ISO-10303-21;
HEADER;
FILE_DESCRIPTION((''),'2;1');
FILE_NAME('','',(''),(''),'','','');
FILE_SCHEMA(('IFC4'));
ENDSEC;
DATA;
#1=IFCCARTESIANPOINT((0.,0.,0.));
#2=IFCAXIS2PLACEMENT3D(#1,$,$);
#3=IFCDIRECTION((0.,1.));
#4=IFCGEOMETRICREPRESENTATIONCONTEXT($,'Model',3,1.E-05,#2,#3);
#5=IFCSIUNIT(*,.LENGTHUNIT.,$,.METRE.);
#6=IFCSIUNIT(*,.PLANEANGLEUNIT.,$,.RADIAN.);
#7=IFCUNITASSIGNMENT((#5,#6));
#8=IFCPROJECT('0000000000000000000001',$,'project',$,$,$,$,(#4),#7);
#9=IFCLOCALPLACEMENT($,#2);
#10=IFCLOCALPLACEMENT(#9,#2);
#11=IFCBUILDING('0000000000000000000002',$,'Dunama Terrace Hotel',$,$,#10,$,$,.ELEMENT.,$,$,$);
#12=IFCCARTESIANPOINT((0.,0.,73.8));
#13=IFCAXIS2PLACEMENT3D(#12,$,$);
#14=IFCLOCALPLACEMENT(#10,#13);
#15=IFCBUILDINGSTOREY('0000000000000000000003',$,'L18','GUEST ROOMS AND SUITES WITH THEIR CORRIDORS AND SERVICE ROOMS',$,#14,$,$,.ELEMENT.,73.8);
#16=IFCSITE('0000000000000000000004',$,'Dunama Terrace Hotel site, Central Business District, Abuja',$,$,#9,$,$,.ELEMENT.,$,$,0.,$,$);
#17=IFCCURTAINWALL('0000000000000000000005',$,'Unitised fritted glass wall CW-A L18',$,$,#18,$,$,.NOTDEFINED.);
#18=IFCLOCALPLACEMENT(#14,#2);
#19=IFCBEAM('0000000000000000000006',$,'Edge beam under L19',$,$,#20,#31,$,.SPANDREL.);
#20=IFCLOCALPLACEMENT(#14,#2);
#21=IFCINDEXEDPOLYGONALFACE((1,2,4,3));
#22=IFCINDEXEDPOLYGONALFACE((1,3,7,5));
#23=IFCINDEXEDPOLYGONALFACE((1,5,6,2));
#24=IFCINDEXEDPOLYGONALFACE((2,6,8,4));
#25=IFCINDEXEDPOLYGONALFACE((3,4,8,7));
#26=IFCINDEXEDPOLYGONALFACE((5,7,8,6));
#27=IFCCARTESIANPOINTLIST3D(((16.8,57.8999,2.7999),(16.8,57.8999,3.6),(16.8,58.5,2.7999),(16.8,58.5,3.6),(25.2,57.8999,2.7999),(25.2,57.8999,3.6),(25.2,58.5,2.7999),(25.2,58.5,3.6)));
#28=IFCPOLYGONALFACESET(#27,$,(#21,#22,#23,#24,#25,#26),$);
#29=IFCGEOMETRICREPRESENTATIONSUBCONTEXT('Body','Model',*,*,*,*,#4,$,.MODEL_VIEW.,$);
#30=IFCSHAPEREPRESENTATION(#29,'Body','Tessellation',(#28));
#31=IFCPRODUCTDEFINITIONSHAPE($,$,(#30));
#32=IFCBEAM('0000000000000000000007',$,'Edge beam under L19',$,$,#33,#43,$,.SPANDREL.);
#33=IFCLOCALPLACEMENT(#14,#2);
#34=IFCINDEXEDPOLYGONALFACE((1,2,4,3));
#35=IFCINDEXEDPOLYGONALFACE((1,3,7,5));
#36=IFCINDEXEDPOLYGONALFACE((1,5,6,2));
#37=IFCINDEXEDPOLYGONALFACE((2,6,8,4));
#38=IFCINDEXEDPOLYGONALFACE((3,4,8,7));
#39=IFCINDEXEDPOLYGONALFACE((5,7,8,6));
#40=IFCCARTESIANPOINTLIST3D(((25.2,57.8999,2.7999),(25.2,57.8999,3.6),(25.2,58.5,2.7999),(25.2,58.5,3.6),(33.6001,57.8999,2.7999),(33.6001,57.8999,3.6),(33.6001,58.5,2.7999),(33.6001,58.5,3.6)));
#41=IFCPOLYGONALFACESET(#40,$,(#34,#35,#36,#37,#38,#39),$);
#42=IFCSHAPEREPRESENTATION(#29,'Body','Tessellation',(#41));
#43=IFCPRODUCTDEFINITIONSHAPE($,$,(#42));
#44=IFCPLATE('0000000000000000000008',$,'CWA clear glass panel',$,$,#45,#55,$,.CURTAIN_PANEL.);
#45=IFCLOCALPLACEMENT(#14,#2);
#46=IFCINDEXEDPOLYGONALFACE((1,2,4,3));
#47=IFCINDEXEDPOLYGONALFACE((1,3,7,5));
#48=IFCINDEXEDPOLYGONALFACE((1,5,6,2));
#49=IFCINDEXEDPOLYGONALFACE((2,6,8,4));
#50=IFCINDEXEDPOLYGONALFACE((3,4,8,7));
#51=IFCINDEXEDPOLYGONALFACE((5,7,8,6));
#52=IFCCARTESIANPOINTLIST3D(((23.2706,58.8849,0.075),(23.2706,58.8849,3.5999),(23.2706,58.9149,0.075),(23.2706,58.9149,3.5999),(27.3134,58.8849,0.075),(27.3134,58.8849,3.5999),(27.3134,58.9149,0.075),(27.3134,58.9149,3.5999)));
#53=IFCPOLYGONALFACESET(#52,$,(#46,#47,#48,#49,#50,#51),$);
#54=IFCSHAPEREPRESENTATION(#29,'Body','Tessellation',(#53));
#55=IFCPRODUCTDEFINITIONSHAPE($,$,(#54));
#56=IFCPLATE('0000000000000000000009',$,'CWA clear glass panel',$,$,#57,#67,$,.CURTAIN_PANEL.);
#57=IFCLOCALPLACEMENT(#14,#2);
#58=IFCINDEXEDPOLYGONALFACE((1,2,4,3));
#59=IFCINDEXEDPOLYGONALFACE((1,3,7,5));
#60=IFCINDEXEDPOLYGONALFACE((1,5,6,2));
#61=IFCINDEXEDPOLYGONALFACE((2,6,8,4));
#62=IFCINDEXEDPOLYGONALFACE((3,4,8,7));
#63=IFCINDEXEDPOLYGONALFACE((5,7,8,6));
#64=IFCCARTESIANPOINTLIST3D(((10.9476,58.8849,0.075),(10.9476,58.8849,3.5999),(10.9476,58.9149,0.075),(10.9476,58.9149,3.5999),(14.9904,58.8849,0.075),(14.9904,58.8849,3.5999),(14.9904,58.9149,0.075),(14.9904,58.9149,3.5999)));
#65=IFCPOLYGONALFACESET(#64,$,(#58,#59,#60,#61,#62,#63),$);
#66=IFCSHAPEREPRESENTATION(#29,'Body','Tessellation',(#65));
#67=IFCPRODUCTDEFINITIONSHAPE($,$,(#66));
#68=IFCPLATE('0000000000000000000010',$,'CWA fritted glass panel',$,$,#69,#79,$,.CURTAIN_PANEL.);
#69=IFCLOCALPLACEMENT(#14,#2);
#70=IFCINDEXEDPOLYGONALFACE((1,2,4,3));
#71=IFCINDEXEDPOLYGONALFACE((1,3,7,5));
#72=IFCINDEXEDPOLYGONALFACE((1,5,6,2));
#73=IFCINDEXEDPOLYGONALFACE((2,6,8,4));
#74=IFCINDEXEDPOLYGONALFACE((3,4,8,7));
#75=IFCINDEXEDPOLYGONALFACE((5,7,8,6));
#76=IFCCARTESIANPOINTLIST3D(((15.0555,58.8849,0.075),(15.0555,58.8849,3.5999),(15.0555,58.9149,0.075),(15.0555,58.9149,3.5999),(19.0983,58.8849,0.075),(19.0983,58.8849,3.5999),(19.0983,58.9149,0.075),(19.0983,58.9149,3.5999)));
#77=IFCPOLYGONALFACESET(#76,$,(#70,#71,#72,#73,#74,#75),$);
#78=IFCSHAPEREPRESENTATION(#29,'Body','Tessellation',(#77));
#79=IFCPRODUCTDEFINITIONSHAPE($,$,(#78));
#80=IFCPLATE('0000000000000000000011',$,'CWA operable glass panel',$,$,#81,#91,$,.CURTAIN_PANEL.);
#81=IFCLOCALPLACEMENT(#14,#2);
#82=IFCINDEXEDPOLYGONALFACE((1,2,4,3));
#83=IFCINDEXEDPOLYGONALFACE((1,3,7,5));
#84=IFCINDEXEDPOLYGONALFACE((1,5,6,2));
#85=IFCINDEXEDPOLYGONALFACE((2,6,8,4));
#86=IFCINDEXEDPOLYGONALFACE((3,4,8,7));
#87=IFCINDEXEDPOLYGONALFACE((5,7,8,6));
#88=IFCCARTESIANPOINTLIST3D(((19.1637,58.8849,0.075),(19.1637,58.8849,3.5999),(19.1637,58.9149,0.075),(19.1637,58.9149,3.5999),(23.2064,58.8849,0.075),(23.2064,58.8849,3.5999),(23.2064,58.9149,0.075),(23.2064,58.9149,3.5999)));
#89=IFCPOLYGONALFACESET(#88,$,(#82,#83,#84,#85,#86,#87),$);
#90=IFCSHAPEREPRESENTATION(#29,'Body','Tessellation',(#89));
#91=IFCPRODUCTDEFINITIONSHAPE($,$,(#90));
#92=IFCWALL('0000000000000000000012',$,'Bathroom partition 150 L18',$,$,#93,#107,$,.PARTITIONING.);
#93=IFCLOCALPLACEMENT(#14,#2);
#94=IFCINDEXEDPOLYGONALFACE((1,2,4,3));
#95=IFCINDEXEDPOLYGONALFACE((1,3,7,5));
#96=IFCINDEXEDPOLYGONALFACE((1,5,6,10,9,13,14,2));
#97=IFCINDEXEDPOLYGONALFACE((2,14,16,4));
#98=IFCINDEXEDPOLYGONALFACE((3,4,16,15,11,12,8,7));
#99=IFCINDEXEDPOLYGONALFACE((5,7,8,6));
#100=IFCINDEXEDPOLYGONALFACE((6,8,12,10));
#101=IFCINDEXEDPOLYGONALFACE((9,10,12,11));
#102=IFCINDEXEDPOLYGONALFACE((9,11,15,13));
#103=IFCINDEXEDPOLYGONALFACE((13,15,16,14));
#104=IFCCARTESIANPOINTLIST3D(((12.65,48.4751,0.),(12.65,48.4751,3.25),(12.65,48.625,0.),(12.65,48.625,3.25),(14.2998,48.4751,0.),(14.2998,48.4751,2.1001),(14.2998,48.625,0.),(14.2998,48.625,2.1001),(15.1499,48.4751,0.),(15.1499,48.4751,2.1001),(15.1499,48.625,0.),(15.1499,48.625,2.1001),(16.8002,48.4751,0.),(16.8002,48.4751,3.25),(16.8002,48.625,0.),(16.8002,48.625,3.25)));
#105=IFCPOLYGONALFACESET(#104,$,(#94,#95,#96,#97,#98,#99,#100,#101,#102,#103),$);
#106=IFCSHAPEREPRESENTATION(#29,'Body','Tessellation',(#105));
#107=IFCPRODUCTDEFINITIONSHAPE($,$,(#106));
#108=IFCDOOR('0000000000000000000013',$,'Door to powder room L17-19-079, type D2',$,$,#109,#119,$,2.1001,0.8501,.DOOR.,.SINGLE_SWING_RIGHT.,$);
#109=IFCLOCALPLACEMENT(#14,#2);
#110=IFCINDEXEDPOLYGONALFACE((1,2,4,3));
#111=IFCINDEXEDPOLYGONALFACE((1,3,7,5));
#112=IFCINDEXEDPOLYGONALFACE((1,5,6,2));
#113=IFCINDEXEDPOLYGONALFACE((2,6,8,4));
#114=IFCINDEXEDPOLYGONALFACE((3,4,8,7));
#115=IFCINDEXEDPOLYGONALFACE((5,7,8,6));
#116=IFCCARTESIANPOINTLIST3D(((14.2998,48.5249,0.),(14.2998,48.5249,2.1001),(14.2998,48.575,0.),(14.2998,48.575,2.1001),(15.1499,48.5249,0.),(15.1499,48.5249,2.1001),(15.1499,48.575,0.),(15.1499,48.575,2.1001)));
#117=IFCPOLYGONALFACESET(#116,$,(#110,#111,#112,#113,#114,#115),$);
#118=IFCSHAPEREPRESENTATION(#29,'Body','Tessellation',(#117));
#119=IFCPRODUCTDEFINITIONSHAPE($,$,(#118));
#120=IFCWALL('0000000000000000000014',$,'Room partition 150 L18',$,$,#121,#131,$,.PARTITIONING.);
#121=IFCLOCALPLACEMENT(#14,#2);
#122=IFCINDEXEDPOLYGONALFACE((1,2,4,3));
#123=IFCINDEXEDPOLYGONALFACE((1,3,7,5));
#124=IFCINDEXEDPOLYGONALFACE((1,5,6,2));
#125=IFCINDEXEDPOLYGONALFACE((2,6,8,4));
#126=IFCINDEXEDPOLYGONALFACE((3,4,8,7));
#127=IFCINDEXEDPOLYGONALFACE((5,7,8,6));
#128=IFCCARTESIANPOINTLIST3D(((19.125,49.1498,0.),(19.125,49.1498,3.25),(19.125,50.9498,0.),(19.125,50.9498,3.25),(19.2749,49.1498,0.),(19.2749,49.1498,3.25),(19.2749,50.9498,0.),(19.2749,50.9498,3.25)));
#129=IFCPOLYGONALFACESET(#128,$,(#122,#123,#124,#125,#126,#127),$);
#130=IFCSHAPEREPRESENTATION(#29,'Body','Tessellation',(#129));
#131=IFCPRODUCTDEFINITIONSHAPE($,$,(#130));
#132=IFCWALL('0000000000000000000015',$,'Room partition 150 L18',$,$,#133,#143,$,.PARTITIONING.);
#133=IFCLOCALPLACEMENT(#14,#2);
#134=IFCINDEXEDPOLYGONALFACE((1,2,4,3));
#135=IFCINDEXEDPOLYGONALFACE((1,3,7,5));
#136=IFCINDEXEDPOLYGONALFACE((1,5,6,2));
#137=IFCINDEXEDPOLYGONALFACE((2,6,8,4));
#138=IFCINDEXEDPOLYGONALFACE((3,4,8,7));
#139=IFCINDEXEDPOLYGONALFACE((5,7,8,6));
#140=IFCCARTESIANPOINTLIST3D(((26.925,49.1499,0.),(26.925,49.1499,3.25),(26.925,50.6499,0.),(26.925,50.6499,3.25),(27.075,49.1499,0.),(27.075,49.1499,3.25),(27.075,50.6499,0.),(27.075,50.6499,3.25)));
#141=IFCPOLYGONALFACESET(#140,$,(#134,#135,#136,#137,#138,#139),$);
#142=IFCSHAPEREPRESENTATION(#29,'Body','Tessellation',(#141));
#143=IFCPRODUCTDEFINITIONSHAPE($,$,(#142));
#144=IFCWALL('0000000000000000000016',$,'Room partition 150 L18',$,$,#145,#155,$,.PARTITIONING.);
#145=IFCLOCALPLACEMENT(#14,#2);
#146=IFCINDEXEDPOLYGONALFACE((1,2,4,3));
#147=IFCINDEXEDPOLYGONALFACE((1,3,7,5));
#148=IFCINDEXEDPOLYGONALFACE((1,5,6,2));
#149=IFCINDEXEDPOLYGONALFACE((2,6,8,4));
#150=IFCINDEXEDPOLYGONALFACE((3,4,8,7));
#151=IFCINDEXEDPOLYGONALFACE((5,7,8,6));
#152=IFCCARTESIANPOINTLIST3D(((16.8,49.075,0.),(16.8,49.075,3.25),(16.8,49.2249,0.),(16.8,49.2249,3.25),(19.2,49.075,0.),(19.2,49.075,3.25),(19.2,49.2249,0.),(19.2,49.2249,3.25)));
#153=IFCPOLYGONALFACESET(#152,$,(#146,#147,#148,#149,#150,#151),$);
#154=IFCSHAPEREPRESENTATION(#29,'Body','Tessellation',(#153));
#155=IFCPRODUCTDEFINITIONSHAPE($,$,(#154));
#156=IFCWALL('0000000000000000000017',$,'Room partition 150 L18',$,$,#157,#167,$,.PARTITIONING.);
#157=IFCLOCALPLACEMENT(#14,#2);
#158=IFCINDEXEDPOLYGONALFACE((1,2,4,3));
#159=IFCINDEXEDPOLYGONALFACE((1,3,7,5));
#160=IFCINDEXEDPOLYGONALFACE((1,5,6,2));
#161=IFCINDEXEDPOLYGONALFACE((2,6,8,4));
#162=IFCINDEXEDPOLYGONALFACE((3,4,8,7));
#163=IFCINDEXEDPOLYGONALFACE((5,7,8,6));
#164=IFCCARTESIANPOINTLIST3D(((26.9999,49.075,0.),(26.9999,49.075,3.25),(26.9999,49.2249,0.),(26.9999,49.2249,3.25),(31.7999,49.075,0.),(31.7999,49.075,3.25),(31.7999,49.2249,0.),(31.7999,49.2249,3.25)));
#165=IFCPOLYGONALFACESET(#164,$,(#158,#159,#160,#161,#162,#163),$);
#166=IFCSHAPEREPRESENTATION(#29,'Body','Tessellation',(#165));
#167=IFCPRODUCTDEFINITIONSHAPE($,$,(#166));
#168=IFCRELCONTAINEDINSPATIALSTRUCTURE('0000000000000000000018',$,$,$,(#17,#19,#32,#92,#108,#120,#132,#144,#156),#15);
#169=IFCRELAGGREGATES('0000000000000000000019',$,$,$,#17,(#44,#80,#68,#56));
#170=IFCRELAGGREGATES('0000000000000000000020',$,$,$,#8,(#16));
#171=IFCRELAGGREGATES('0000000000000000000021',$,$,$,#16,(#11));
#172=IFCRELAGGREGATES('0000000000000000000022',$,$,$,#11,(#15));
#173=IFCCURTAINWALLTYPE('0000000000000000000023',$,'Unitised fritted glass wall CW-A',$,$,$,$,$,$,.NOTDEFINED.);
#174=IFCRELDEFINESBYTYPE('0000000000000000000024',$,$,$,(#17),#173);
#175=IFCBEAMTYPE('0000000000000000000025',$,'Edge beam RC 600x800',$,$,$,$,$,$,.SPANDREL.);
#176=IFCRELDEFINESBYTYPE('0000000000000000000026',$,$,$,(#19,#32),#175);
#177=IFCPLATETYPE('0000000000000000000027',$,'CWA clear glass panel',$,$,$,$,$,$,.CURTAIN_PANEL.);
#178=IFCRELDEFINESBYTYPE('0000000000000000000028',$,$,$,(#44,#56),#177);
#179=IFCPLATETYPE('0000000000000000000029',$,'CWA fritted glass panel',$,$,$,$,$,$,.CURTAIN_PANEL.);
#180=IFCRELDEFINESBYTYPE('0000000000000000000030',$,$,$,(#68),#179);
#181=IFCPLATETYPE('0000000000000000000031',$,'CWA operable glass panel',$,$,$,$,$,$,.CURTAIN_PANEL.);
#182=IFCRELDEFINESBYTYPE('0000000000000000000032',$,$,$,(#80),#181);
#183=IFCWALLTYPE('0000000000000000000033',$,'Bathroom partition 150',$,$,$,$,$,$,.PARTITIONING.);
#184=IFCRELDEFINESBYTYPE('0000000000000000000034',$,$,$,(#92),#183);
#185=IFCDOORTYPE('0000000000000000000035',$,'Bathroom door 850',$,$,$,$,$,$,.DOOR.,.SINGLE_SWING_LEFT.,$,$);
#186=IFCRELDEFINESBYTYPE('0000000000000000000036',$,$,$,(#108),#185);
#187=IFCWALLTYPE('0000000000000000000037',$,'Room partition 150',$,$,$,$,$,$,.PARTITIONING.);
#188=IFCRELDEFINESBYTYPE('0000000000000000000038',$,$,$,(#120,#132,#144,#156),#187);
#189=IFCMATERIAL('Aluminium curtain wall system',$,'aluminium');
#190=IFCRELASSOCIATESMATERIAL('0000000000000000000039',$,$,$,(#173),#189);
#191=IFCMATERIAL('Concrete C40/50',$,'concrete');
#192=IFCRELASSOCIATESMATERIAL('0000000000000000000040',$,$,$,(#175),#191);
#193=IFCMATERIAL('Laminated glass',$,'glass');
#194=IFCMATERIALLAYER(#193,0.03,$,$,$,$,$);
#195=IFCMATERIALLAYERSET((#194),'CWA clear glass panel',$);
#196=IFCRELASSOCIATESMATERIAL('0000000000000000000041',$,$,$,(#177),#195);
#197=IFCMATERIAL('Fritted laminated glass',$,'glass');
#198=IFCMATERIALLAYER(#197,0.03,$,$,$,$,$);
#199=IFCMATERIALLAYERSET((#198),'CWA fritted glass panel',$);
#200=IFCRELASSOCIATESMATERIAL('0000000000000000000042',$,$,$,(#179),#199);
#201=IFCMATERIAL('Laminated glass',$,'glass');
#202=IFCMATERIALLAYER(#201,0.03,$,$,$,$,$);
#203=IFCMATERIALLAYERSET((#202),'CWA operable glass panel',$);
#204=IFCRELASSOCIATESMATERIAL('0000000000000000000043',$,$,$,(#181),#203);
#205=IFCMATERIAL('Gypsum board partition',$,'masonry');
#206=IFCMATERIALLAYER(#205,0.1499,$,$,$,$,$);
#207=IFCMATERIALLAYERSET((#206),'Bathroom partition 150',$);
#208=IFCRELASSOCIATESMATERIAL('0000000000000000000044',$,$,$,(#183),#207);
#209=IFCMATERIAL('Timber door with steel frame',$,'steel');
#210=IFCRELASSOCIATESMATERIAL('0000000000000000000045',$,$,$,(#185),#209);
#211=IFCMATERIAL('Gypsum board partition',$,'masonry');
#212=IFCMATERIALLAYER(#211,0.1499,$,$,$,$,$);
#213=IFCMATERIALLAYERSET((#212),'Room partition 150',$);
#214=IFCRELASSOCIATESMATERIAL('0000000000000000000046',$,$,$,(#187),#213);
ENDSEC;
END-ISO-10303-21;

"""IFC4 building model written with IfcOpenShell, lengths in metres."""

from ifc_helpers import new_model, si_unit, direction, frame, frame_2d, origin, origin_2d, place, context, subcontext, project, spatial, rectangle, extrude, material, layer, layer_set, material_profile, profile_set, type_object, element, fill, aggregate, save


model = new_model("IFC4")

# Units and contexts
model_context = context("Model", 3, precision=1e-05, world=origin(), true_north=direction((0.0, 1.0)))
body_context = subcontext(model_context, "Body", "Model", "MODEL_VIEW")
ifc_project = project(units=[si_unit("LENGTHUNIT", "METRE"), si_unit("PLANEANGLEUNIT", "RADIAN")], contexts=[model_context])

# Site, building, storey
site_placement = place(None, origin())
site = spatial("IfcSite", under=ifc_project, at=site_placement, Name="Dunama Terrace Hotel site, Central Business District, Abuja", CompositionType="ELEMENT", RefElevation=0.0)
building_placement = place(site_placement, origin())
building = spatial("IfcBuilding", under=site, at=building_placement, Name="Dunama Terrace Hotel", CompositionType="ELEMENT")
storey_placement = place(building_placement, frame((0.0, 0.0, 73.8)))
storey = spatial("IfcBuildingStorey", under=building, at=storey_placement, Name="L18", Description="GUEST ROOMS AND SUITES WITH THEIR CORRIDORS AND SERVICE ROOMS", CompositionType="ELEMENT", Elevation=73.8)

# Curtain wall
ifc_material_1 = material(Name="Aluminium curtain wall system", Category="aluminium")
curtain_wall_type = type_object("IfcCurtainWallType", Name="Unitised fritted glass wall CW-A", PredefinedType="NOTDEFINED", material=ifc_material_1)
curtain_wall_placement = place(storey_placement, origin())
curtain_wall = element("IfcCurtainWall", 1, at=curtain_wall_placement, inside=storey, type_object=curtain_wall_type, Name="Unitised fritted glass wall CW-A L18", PredefinedType="NOTDEFINED")

# Beams
ifc_material_2 = material(Name="Concrete C40/50", Category="concrete")
ifc_material_profile_1 = material_profile(ifc_material_2, rectangle(XDim=0.6001, YDim=0.8, at=origin_2d()), Name="RC 600x800")
ifc_profile_set_1 = profile_set([ifc_material_profile_1], Name="Concrete C40/50")
beam_type = type_object("IfcBeamType", Name="Edge beam RC 600x800", PredefinedType="SPANDREL", material=ifc_profile_set_1)
beam_1_placement = place(storey_placement, frame((16.8, 58.2, 3.2), z_axis=(1.0, 0.0, 0.0), x_axis=(0.0, 1.0, 0.0)))
element("IfcBeam", 2, at=beam_1_placement, inside=storey, type_object=beam_type, Name="Edge beam under L19", PredefinedType="SPANDREL", context=body_context, shape_type="SweptSolid", body=[
    extrude(rectangle(XDim=0.6001, YDim=0.8, at=origin_2d()), origin(), (0.0, 0.0, 1.0), 8.3999),
])
beam_2_placement = place(storey_placement, frame((25.2, 58.2, 3.2), z_axis=(1.0, 0.0, 0.0), x_axis=(0.0, 1.0, 0.0)))
element("IfcBeam", 3, at=beam_2_placement, inside=storey, type_object=beam_type, Name="Edge beam under L19", PredefinedType="SPANDREL", context=body_context, shape_type="SweptSolid", body=[
    extrude(rectangle(XDim=0.6001, YDim=0.8, at=origin_2d()), origin(), (0.0, 0.0, 1.0), 8.4001),
])

# Plates
ifc_material_3 = material(Name="Laminated glass", Category="glass")
ifc_layer_1 = layer(ifc_material_3, 0.03)
ifc_layer_set_1 = layer_set([ifc_layer_1], Name="CWA clear glass panel")
plate_type_1 = type_object("IfcPlateType", Name="CWA clear glass panel", PredefinedType="CURTAIN_PANEL", material=ifc_layer_set_1)
plate_1_placement = place(storey_placement, frame((25.292, 58.8999, 0.075), z_axis=(0.0, 0.0, 1.0), x_axis=(-1.0, 0.0, 0.0)))
plate_1 = element("IfcPlate", 4, at=plate_1_placement, type_object=plate_type_1, Name="CWA clear glass panel", PredefinedType="CURTAIN_PANEL", context=body_context, shape_type="SweptSolid", body=[
    extrude(rectangle(XDim=4.0427, YDim=0.03, at=origin_2d()), origin(), (0.0, 0.0, 1.0), 3.5249),
])
plate_2_placement = place(storey_placement, frame((12.969, 58.8999, 0.075), z_axis=(0.0, 0.0, 1.0), x_axis=(-1.0, 0.0, 0.0)))
plate_2 = element("IfcPlate", 5, at=plate_2_placement, type_object=plate_type_1, Name="CWA clear glass panel", PredefinedType="CURTAIN_PANEL", context=body_context, shape_type="SweptSolid", body=[
    extrude(rectangle(XDim=4.0427, YDim=0.03, at=origin_2d()), origin(), (0.0, 0.0, 1.0), 3.5249),
])
ifc_material_4 = material(Name="Fritted laminated glass", Category="glass")
ifc_layer_2 = layer(ifc_material_4, 0.03)
ifc_layer_set_2 = layer_set([ifc_layer_2], Name="CWA fritted glass panel")
plate_type_2 = type_object("IfcPlateType", Name="CWA fritted glass panel", PredefinedType="CURTAIN_PANEL", material=ifc_layer_set_2)
plate_3_placement = place(storey_placement, frame((17.0769, 58.8999, 0.075), z_axis=(0.0, 0.0, 1.0), x_axis=(-1.0, 0.0, 0.0)))
plate_3 = element("IfcPlate", 6, at=plate_3_placement, type_object=plate_type_2, Name="CWA fritted glass panel", PredefinedType="CURTAIN_PANEL", context=body_context, shape_type="SweptSolid", body=[
    extrude(rectangle(XDim=4.0427, YDim=0.03, at=origin_2d()), origin(), (0.0, 0.0, 1.0), 3.5249),
])
ifc_material_5 = material(Name="Laminated glass", Category="glass")
ifc_layer_3 = layer(ifc_material_5, 0.03)
ifc_layer_set_3 = layer_set([ifc_layer_3], Name="CWA operable glass panel")
plate_type_3 = type_object("IfcPlateType", Name="CWA operable glass panel", PredefinedType="CURTAIN_PANEL", material=ifc_layer_set_3)
plate_4_placement = place(storey_placement, frame((21.1851, 58.8999, 0.075), z_axis=(0.0, 0.0, 1.0), x_axis=(-1.0, 0.0, 0.0)))
plate_4 = element("IfcPlate", 7, at=plate_4_placement, type_object=plate_type_3, Name="CWA operable glass panel", PredefinedType="CURTAIN_PANEL", context=body_context, shape_type="SweptSolid", body=[
    extrude(rectangle(XDim=4.0427, YDim=0.03, at=origin_2d()), origin(), (0.0, 0.0, 1.0), 3.5249),
])
aggregate(curtain_wall, [plate_1, plate_4, plate_3, plate_2])

# Wall, opening, door
ifc_material_6 = material(Name="Gypsum board partition", Category="masonry")
ifc_layer_4 = layer(ifc_material_6, 0.1499)
ifc_layer_set_4 = layer_set([ifc_layer_4], Name="Bathroom partition 150")
wall_type_1 = type_object("IfcWallType", Name="Bathroom partition 150", PredefinedType="PARTITIONING", material=ifc_layer_set_4)
wall_1_placement = place(storey_placement, frame((12.6499, 48.55, 0.0), z_axis=(0.0, 0.0, 1.0), x_axis=(1.0, 0.0, 0.0)))
wall_1 = element("IfcWall", 8, at=wall_1_placement, inside=storey, type_object=wall_type_1, Name="Bathroom partition 150 L18", PredefinedType="PARTITIONING", context=body_context, shape_type="SweptSolid", body=[
    extrude(rectangle(XDim=4.1501, YDim=0.1499, at=frame_2d((2.0752, 0.0))), origin(), (0.0, 0.0, 1.0), 3.25),
])
opening_1_placement = place(wall_1_placement, frame((1.6499, 0.0, 0.0)))
opening_1 = element("IfcOpeningElement", 9, at=opening_1_placement, cuts=wall_1, PredefinedType="OPENING", context=body_context, shape_type="SweptSolid", body=[
    extrude(rectangle(XDim=0.8501, YDim=2.1001, at=frame_2d((0.425, 1.05))), frame((0.0, 0.085, 0.0), z_axis=(0.0, -1.0, 0.0), x_axis=(1.0, 0.0, 0.0)), (0.0, 0.0, 1.0), 0.1699),
])
ifc_material_7 = material(Name="Timber door with steel frame", Category="steel")
door_type_1 = type_object("IfcDoorType", Name="Bathroom door 850", OperationType="SINGLE_SWING_LEFT", PredefinedType="DOOR", material=ifc_material_7)
door_1_placement = place(opening_1_placement, frame((0.8501, 0.0, 0.0), z_axis=(0.0, 0.0, 1.0), x_axis=(-1.0, 0.0, 0.0)))
door_1 = element("IfcDoor", 10, at=door_1_placement, inside=storey, type_object=door_type_1, Name="Door to powder room L17-19-079, type D2", OperationType="SINGLE_SWING_RIGHT", OverallHeight=2.1001, OverallWidth=0.8501, PredefinedType="DOOR", context=body_context, shape_type="SweptSolid", body=[
    extrude(rectangle(XDim=0.8501, YDim=2.1001, at=frame_2d((0.425, 1.05))), frame((0.0, 0.0251, 0.0), z_axis=(0.0, -1.0, 0.0), x_axis=(1.0, 0.0, 0.0)), (0.0, 0.0, 1.0), 0.05),
])
fill(opening_1, door_1)

# Walls
ifc_material_8 = material(Name="Gypsum board partition", Category="masonry")
ifc_layer_5 = layer(ifc_material_8, 0.1499)
ifc_layer_set_5 = layer_set([ifc_layer_5], Name="Room partition 150")
wall_type_2 = type_object("IfcWallType", Name="Room partition 150", PredefinedType="PARTITIONING", material=ifc_layer_set_5)
wall_2_placement = place(storey_placement, frame((19.2, 49.1499, 0.0), z_axis=(0.0, 0.0, 1.0), x_axis=(0.0, 1.0, 0.0)))
element("IfcWall", 11, at=wall_2_placement, inside=storey, type_object=wall_type_2, Name="Room partition 150 L18", PredefinedType="PARTITIONING", context=body_context, shape_type="SweptSolid", body=[
    extrude(rectangle(XDim=1.8, YDim=0.1499, at=frame_2d((0.8999, 0.0))), origin(), (0.0, 0.0, 1.0), 3.25),
])
wall_3_placement = place(storey_placement, frame((27.0, 49.1499, 0.0), z_axis=(0.0, 0.0, 1.0), x_axis=(0.0, 1.0, 0.0)))
element("IfcWall", 12, at=wall_3_placement, inside=storey, type_object=wall_type_2, Name="Room partition 150 L18", PredefinedType="PARTITIONING", context=body_context, shape_type="SweptSolid", body=[
    extrude(rectangle(XDim=1.5, YDim=0.1499, at=frame_2d((0.75, 0.0))), origin(), (0.0, 0.0, 1.0), 3.25),
])
wall_4_placement = place(storey_placement, frame((16.8, 49.1499, 0.0), z_axis=(0.0, 0.0, 1.0), x_axis=(1.0, 0.0, 0.0)))
element("IfcWall", 13, at=wall_4_placement, inside=storey, type_object=wall_type_2, Name="Room partition 150 L18", PredefinedType="PARTITIONING", context=body_context, shape_type="SweptSolid", body=[
    extrude(rectangle(XDim=2.3999, YDim=0.1499, at=frame_2d((1.2, 0.0))), origin(), (0.0, 0.0, 1.0), 3.25),
])
wall_5_placement = place(storey_placement, frame((27.0, 49.1499, 0.0), z_axis=(0.0, 0.0, 1.0), x_axis=(1.0, 0.0, 0.0)))
element("IfcWall", 14, at=wall_5_placement, inside=storey, type_object=wall_type_2, Name="Room partition 150 L18", PredefinedType="PARTITIONING", context=body_context, shape_type="SweptSolid", body=[
    extrude(rectangle(XDim=4.8, YDim=0.1499, at=frame_2d((2.3999, 0.0))), origin(), (0.0, 0.0, 1.0), 3.25),
])

save(model, "model.ifc")
